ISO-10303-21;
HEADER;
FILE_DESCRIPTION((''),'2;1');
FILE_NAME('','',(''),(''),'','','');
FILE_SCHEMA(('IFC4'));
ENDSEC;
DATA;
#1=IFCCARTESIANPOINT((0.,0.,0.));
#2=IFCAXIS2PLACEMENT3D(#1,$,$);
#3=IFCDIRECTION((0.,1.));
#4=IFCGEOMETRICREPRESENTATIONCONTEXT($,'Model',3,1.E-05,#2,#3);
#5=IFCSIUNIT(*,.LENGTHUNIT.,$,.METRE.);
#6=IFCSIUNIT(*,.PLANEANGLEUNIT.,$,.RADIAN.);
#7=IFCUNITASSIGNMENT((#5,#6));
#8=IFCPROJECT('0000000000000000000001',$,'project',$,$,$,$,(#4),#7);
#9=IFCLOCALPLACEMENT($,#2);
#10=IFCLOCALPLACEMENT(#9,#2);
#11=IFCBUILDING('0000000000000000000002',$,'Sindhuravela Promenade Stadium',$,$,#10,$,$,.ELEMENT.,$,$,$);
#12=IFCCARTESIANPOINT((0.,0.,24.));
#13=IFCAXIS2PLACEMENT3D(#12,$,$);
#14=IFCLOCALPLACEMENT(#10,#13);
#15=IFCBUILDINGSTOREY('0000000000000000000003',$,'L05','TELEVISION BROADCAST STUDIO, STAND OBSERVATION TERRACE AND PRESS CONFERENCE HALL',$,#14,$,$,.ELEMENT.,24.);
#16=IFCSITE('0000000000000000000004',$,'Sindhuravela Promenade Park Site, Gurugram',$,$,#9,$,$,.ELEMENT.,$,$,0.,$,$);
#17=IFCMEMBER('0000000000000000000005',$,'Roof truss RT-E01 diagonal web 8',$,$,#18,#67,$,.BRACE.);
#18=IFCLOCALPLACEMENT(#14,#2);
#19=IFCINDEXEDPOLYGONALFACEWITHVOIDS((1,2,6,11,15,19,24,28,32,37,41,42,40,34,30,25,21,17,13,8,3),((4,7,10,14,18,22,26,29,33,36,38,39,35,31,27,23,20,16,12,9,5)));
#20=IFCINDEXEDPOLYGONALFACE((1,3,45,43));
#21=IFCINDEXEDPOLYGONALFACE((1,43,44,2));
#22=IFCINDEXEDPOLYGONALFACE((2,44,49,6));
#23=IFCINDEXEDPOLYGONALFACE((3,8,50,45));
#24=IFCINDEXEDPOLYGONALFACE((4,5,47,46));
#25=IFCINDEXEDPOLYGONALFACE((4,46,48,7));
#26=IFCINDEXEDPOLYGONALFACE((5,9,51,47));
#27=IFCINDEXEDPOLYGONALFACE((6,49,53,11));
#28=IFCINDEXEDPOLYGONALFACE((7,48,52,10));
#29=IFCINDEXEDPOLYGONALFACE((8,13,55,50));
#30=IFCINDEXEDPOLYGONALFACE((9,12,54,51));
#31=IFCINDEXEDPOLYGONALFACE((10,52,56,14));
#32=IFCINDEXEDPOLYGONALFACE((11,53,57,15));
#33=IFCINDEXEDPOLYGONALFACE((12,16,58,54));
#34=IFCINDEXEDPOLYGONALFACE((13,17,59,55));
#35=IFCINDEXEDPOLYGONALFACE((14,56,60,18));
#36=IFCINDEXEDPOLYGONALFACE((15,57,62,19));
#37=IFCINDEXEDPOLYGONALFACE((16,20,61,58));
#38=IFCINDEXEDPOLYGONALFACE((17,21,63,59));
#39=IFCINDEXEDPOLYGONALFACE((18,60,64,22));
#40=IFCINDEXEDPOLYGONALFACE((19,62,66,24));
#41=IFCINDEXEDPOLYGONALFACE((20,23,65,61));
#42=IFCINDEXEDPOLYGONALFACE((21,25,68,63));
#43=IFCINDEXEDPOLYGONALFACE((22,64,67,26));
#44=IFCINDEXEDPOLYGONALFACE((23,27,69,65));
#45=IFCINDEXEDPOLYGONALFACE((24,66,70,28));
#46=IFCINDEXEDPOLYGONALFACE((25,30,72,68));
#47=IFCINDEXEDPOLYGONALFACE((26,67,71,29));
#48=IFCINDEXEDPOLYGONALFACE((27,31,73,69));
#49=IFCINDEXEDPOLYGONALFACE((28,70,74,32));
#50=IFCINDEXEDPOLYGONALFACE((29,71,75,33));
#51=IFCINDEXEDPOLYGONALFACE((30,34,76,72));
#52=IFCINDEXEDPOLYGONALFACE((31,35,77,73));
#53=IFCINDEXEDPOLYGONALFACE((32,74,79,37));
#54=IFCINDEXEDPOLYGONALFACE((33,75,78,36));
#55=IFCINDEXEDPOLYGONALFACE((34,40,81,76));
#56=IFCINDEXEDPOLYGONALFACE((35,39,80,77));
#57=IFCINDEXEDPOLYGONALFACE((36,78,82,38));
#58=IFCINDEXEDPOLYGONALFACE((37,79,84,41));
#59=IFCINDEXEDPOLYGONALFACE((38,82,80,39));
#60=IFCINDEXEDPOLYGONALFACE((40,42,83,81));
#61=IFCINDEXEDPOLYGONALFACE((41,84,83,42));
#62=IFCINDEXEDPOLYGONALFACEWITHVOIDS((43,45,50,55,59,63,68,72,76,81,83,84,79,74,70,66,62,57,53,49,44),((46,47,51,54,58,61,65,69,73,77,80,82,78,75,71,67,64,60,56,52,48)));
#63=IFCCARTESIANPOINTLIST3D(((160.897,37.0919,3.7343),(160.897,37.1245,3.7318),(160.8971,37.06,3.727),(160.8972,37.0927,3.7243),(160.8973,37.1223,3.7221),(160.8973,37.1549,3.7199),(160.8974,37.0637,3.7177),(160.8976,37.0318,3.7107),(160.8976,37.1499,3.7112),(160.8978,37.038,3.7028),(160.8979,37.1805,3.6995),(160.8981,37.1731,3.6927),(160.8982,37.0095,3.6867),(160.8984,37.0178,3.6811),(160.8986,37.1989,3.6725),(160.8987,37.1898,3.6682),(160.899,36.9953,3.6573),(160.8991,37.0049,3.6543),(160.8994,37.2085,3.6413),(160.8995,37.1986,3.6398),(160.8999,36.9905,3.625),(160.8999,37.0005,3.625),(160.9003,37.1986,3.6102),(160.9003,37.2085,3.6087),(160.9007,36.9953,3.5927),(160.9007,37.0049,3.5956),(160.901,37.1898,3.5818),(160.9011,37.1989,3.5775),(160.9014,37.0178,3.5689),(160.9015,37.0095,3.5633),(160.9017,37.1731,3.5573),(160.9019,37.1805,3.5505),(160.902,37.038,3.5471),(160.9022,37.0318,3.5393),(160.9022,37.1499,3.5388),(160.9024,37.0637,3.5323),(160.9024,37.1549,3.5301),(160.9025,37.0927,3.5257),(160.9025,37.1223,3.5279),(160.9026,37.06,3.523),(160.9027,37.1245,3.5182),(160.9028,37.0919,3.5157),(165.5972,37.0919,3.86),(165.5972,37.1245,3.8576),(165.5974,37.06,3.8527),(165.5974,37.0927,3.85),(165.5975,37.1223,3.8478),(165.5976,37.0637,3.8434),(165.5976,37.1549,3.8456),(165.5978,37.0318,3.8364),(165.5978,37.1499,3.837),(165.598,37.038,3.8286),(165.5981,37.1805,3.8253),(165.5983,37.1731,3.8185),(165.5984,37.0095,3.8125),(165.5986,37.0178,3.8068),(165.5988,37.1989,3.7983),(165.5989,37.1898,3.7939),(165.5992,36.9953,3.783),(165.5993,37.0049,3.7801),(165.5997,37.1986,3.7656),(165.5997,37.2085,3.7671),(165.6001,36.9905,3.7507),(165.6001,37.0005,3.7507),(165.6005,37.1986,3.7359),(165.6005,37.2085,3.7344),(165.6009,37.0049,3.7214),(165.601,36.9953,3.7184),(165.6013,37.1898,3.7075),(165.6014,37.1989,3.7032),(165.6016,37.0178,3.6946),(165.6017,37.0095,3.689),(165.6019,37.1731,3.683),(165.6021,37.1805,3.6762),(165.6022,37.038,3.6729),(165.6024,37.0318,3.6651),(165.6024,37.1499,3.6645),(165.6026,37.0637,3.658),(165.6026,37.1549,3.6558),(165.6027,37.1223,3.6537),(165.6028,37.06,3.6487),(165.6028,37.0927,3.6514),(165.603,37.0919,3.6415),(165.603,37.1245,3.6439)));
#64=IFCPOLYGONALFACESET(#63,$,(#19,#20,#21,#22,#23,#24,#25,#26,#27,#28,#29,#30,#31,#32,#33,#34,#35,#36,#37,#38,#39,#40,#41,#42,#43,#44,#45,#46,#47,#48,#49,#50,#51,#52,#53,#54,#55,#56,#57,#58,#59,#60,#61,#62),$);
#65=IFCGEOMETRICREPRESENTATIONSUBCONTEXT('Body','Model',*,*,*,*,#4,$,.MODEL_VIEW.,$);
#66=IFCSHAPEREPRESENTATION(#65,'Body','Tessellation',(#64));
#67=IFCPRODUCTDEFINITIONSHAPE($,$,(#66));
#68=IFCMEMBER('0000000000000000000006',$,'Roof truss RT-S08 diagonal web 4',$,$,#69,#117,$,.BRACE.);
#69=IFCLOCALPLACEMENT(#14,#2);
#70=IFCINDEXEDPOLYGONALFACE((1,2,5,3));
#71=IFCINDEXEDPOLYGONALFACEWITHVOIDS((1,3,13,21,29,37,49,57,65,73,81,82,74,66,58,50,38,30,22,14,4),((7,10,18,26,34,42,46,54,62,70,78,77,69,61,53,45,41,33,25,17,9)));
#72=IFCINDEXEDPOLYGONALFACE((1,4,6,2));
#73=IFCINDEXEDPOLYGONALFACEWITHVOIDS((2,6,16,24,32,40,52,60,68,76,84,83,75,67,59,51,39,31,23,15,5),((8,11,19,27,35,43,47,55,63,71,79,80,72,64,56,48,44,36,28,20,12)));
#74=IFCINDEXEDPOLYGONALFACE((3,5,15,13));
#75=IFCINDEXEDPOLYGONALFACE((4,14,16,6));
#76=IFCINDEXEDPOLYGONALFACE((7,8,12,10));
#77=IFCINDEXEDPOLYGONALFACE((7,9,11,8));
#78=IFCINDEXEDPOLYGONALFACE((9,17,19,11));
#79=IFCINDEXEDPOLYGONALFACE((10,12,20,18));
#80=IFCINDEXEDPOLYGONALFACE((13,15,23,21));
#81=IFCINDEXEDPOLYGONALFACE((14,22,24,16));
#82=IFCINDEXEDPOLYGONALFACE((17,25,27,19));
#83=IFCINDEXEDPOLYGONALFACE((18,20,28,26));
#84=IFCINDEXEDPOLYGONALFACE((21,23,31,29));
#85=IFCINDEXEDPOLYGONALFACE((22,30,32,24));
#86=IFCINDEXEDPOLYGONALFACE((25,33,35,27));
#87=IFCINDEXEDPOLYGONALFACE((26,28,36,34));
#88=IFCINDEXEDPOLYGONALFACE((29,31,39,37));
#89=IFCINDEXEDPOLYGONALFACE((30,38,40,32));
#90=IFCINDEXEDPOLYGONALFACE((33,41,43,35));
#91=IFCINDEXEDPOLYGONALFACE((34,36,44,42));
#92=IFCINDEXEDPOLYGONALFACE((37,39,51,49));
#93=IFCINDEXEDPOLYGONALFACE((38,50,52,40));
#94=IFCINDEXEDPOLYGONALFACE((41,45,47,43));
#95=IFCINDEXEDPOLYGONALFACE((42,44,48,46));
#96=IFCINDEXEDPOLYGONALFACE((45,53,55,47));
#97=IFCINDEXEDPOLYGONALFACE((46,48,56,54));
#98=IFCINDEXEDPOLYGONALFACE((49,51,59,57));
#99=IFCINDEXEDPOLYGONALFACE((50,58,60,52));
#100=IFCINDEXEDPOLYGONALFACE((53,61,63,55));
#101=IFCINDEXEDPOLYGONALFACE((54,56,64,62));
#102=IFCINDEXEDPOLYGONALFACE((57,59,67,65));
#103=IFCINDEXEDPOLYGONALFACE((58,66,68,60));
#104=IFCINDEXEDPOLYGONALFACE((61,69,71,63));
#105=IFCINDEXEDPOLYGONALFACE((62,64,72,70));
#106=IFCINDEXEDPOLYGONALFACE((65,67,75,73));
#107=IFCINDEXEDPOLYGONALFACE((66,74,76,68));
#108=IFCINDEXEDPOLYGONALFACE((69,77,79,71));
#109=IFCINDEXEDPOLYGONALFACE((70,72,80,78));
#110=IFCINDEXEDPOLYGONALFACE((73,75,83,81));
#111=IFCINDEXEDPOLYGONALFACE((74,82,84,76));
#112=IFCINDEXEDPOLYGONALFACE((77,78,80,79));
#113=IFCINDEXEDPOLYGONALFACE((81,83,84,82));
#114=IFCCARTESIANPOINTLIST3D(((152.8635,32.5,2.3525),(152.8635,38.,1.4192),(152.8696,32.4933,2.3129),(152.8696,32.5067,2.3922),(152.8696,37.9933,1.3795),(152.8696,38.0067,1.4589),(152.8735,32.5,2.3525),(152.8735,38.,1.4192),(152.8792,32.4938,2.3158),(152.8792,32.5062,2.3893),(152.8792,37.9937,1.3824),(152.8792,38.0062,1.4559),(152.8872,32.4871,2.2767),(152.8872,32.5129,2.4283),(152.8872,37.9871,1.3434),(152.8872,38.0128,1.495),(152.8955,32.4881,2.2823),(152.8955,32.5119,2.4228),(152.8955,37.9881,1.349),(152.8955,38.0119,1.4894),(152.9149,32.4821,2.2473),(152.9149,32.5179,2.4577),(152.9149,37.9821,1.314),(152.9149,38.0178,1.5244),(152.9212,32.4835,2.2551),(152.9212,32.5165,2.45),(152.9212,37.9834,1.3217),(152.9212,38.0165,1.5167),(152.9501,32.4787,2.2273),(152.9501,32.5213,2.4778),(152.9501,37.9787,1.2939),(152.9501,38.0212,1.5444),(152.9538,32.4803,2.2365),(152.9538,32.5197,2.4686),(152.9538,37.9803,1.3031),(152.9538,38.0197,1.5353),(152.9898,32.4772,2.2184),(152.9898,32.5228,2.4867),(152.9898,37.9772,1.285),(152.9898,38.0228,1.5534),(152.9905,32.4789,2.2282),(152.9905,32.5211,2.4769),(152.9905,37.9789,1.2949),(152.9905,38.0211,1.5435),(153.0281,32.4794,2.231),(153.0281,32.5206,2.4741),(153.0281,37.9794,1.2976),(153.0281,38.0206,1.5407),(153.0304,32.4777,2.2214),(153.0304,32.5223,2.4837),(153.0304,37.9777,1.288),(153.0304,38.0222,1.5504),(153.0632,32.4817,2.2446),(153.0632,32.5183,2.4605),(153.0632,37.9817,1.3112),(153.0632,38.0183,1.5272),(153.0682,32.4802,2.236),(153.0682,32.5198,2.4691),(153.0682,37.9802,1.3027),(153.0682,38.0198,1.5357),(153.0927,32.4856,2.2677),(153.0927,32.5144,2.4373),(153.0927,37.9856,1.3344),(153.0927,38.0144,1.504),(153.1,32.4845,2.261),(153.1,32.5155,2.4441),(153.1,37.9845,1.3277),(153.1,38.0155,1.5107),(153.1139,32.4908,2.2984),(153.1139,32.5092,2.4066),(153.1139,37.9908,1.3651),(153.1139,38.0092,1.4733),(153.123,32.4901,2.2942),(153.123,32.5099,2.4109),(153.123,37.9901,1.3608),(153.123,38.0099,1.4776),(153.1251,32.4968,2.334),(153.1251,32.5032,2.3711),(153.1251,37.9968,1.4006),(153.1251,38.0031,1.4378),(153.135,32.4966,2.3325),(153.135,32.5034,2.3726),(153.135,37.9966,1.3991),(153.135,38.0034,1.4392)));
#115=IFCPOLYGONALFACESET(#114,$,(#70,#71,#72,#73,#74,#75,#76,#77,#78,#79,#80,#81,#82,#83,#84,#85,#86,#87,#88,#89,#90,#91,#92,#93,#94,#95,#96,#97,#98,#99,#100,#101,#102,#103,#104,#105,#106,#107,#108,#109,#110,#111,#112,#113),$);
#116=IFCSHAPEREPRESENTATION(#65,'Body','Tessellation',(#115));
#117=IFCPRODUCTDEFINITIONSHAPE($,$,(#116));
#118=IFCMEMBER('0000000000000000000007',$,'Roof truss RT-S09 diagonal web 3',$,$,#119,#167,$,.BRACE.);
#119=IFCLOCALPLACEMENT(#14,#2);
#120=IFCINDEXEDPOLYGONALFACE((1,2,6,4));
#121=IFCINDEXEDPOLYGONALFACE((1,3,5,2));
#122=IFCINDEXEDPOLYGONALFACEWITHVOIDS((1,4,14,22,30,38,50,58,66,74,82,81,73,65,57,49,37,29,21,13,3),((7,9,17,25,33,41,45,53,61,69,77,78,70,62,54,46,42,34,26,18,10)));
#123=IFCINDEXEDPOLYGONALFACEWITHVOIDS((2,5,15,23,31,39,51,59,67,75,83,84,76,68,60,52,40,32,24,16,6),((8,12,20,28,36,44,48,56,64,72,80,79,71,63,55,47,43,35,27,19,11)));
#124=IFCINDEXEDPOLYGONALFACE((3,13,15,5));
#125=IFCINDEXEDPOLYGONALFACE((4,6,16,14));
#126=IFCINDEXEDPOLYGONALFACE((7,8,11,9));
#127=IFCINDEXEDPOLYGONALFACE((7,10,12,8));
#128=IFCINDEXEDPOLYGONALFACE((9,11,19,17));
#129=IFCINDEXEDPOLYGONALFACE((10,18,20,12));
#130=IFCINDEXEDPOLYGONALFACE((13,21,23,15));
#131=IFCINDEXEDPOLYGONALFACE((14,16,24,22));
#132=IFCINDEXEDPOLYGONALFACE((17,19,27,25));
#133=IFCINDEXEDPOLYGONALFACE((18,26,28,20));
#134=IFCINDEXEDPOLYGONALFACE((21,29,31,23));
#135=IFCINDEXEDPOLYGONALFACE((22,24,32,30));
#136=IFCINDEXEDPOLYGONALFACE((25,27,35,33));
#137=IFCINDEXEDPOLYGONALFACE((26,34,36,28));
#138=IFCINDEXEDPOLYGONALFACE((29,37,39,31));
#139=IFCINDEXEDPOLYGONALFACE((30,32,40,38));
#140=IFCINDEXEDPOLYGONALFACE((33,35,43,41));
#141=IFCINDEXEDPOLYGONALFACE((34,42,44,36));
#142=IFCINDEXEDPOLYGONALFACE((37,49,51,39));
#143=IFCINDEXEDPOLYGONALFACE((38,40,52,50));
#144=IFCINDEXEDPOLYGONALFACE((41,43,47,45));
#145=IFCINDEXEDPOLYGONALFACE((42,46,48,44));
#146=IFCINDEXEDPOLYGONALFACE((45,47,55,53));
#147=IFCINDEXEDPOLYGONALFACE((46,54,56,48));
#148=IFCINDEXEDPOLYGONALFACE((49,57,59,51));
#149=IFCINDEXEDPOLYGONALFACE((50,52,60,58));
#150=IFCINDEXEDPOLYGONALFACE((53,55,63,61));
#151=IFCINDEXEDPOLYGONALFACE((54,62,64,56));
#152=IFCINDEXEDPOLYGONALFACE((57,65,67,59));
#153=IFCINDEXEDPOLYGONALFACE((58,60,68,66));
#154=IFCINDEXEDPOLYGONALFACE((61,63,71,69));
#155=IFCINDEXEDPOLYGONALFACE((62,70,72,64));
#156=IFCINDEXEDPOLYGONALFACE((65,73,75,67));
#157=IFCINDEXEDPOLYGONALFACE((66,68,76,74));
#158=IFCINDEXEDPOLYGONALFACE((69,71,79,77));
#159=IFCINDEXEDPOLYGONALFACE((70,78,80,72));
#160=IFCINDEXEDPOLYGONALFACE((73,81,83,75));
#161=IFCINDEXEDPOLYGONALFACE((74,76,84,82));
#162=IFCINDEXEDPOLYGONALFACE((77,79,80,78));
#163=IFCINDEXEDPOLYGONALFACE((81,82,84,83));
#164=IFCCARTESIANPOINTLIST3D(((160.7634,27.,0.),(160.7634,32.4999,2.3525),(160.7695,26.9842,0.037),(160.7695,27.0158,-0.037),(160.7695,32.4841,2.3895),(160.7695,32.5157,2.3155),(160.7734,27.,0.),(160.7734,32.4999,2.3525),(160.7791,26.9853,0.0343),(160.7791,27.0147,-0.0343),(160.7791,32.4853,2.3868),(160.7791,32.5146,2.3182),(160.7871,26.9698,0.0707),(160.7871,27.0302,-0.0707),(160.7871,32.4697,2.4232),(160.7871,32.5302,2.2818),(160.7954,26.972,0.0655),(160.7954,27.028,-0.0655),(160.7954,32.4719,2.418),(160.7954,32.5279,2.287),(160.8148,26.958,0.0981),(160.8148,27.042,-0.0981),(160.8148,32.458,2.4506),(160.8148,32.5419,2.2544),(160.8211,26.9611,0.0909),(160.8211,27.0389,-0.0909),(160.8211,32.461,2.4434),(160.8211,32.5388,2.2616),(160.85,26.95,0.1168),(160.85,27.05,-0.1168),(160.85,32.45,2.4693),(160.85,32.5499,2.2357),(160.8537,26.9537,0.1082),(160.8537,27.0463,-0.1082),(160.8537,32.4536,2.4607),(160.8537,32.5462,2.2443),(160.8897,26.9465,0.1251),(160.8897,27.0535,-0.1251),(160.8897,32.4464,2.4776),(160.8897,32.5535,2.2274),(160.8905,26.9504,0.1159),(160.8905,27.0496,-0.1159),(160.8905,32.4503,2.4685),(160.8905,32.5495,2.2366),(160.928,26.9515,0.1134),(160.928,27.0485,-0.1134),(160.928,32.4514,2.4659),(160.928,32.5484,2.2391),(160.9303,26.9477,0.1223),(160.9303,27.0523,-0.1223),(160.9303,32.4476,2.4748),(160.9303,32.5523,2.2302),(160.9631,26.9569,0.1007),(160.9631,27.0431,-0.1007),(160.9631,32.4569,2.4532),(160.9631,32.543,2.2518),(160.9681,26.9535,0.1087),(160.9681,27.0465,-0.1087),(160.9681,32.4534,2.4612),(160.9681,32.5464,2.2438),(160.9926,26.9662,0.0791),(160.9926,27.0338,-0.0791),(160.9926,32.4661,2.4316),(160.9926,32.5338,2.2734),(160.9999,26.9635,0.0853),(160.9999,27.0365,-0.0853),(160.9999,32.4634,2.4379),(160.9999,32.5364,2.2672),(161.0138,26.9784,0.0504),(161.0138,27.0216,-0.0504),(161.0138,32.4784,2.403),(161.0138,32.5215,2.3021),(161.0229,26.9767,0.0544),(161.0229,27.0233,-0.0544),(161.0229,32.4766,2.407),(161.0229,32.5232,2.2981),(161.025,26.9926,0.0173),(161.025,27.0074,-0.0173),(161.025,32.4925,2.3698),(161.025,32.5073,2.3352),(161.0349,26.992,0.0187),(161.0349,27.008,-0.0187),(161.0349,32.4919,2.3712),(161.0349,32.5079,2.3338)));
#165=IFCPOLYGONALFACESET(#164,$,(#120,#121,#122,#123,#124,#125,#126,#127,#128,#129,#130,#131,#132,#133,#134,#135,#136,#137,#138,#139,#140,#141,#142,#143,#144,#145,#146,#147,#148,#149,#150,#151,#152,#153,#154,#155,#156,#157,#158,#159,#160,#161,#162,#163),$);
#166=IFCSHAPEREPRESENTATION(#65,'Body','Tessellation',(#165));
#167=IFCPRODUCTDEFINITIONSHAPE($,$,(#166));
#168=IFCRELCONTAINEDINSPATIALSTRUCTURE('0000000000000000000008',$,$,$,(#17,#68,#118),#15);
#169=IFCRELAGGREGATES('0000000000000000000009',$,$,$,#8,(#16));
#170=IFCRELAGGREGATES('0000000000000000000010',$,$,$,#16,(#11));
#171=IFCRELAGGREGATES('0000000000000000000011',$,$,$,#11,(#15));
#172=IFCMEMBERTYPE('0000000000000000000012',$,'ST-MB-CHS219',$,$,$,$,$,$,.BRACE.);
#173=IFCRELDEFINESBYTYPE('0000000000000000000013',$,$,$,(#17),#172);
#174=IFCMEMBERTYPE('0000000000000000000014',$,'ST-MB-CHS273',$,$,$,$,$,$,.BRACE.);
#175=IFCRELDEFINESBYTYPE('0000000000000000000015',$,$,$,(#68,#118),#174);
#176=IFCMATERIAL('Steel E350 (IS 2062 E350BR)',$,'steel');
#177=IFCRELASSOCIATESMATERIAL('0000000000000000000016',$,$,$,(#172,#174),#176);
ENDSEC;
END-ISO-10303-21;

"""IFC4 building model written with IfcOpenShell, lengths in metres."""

from ifc_helpers import new_model, si_unit, direction, frame, origin, origin_2d, place, context, subcontext, project, spatial, hollow_circle, extrude, material, material_profile, profile_set, type_object, element, save


model = new_model("IFC4")

# Units and contexts
model_context = context("Model", 3, precision=1e-05, world=origin(), true_north=direction((0.0, 1.0)))
body_context = subcontext(model_context, "Body", "Model", "MODEL_VIEW")
ifc_project = project(units=[si_unit("LENGTHUNIT", "METRE"), si_unit("PLANEANGLEUNIT", "RADIAN")], contexts=[model_context])

# Site, building, storey
site_placement = place(None, origin())
site = spatial("IfcSite", under=ifc_project, at=site_placement, Name="Sindhuravela Promenade Park Site, Gurugram", CompositionType="ELEMENT", RefElevation=0.0)
building_placement = place(site_placement, origin())
building = spatial("IfcBuilding", under=site, at=building_placement, Name="Sindhuravela Promenade Stadium", CompositionType="ELEMENT")
storey_placement = place(building_placement, frame((0.0, 0.0, 24.0)))
storey = spatial("IfcBuildingStorey", under=building, at=storey_placement, Name="L05", Description="TELEVISION BROADCAST STUDIO, STAND OBSERVATION TERRACE AND PRESS CONFERENCE HALL", CompositionType="ELEMENT", Elevation=24.0)

# Shared definitions
ifc_material_1 = material(Name="Steel E350 (IS 2062 E350BR)", Category="steel")

# Members
ifc_material_profile_1 = material_profile(ifc_material_1, hollow_circle(Radius=0.1096, WallThickness=0.01, at=origin_2d()), Name="CHS 219.1x10")
ifc_profile_set_1 = profile_set([ifc_material_profile_1], Name="Steel E350 (IS 2062 E350BR)")
member_type_1 = type_object("IfcMemberType", Name="ST-MB-CHS219", PredefinedType="BRACE", material=ifc_profile_set_1)
member_1_placement = place(storey_placement, frame((165.6001, 37.1001, 3.7507), z_axis=(-0.999642, 0.0, -0.026741), x_axis=(0.0, -1.0, 0.0)))
element("IfcMember", 1, at=member_1_placement, inside=storey, type_object=member_type_1, Name="Roof truss RT-E01 diagonal web 8", PredefinedType="BRACE", context=body_context, shape_type="SweptSolid", body=[
    extrude(hollow_circle(Radius=0.1096, WallThickness=0.01, at=origin_2d()), origin(), (0.0, 0.0, 1.0), 4.7019),
])
ifc_material_profile_2 = material_profile(ifc_material_1, hollow_circle(Radius=0.1365, WallThickness=0.01, at=origin_2d()), Name="CHS 273.0x10")
ifc_profile_set_2 = profile_set([ifc_material_profile_2], Name="Steel E350 (IS 2062 E350BR)")
member_type_2 = type_object("IfcMemberType", Name="ST-MB-CHS273", PredefinedType="BRACE", material=ifc_profile_set_2)
member_2_placement = place(storey_placement, frame((153.0, 32.5, 2.3525), z_axis=(0.0, 0.985905, -0.167308), x_axis=(-1.0, 0.0, 0.0)))
element("IfcMember", 2, at=member_2_placement, inside=storey, type_object=member_type_2, Name="Roof truss RT-S08 diagonal web 4", PredefinedType="BRACE", context=body_context, shape_type="SweptSolid", body=[
    extrude(hollow_circle(Radius=0.1365, WallThickness=0.01, at=origin_2d()), origin(), (0.0, 0.0, 1.0), 5.5786),
])
member_3_placement = place(storey_placement, frame((160.8999, 27.0, 0.0), z_axis=(0.0, 0.919423, 0.393269), x_axis=(-1.0, 0.0, 0.0)))
element("IfcMember", 3, at=member_3_placement, inside=storey, type_object=member_type_2, Name="Roof truss RT-S09 diagonal web 3", PredefinedType="BRACE", context=body_context, shape_type="SweptSolid", body=[
    extrude(hollow_circle(Radius=0.1365, WallThickness=0.01, at=origin_2d()), origin(), (0.0, 0.0, 1.0), 5.9819),
])

save(model, "model.ifc")
